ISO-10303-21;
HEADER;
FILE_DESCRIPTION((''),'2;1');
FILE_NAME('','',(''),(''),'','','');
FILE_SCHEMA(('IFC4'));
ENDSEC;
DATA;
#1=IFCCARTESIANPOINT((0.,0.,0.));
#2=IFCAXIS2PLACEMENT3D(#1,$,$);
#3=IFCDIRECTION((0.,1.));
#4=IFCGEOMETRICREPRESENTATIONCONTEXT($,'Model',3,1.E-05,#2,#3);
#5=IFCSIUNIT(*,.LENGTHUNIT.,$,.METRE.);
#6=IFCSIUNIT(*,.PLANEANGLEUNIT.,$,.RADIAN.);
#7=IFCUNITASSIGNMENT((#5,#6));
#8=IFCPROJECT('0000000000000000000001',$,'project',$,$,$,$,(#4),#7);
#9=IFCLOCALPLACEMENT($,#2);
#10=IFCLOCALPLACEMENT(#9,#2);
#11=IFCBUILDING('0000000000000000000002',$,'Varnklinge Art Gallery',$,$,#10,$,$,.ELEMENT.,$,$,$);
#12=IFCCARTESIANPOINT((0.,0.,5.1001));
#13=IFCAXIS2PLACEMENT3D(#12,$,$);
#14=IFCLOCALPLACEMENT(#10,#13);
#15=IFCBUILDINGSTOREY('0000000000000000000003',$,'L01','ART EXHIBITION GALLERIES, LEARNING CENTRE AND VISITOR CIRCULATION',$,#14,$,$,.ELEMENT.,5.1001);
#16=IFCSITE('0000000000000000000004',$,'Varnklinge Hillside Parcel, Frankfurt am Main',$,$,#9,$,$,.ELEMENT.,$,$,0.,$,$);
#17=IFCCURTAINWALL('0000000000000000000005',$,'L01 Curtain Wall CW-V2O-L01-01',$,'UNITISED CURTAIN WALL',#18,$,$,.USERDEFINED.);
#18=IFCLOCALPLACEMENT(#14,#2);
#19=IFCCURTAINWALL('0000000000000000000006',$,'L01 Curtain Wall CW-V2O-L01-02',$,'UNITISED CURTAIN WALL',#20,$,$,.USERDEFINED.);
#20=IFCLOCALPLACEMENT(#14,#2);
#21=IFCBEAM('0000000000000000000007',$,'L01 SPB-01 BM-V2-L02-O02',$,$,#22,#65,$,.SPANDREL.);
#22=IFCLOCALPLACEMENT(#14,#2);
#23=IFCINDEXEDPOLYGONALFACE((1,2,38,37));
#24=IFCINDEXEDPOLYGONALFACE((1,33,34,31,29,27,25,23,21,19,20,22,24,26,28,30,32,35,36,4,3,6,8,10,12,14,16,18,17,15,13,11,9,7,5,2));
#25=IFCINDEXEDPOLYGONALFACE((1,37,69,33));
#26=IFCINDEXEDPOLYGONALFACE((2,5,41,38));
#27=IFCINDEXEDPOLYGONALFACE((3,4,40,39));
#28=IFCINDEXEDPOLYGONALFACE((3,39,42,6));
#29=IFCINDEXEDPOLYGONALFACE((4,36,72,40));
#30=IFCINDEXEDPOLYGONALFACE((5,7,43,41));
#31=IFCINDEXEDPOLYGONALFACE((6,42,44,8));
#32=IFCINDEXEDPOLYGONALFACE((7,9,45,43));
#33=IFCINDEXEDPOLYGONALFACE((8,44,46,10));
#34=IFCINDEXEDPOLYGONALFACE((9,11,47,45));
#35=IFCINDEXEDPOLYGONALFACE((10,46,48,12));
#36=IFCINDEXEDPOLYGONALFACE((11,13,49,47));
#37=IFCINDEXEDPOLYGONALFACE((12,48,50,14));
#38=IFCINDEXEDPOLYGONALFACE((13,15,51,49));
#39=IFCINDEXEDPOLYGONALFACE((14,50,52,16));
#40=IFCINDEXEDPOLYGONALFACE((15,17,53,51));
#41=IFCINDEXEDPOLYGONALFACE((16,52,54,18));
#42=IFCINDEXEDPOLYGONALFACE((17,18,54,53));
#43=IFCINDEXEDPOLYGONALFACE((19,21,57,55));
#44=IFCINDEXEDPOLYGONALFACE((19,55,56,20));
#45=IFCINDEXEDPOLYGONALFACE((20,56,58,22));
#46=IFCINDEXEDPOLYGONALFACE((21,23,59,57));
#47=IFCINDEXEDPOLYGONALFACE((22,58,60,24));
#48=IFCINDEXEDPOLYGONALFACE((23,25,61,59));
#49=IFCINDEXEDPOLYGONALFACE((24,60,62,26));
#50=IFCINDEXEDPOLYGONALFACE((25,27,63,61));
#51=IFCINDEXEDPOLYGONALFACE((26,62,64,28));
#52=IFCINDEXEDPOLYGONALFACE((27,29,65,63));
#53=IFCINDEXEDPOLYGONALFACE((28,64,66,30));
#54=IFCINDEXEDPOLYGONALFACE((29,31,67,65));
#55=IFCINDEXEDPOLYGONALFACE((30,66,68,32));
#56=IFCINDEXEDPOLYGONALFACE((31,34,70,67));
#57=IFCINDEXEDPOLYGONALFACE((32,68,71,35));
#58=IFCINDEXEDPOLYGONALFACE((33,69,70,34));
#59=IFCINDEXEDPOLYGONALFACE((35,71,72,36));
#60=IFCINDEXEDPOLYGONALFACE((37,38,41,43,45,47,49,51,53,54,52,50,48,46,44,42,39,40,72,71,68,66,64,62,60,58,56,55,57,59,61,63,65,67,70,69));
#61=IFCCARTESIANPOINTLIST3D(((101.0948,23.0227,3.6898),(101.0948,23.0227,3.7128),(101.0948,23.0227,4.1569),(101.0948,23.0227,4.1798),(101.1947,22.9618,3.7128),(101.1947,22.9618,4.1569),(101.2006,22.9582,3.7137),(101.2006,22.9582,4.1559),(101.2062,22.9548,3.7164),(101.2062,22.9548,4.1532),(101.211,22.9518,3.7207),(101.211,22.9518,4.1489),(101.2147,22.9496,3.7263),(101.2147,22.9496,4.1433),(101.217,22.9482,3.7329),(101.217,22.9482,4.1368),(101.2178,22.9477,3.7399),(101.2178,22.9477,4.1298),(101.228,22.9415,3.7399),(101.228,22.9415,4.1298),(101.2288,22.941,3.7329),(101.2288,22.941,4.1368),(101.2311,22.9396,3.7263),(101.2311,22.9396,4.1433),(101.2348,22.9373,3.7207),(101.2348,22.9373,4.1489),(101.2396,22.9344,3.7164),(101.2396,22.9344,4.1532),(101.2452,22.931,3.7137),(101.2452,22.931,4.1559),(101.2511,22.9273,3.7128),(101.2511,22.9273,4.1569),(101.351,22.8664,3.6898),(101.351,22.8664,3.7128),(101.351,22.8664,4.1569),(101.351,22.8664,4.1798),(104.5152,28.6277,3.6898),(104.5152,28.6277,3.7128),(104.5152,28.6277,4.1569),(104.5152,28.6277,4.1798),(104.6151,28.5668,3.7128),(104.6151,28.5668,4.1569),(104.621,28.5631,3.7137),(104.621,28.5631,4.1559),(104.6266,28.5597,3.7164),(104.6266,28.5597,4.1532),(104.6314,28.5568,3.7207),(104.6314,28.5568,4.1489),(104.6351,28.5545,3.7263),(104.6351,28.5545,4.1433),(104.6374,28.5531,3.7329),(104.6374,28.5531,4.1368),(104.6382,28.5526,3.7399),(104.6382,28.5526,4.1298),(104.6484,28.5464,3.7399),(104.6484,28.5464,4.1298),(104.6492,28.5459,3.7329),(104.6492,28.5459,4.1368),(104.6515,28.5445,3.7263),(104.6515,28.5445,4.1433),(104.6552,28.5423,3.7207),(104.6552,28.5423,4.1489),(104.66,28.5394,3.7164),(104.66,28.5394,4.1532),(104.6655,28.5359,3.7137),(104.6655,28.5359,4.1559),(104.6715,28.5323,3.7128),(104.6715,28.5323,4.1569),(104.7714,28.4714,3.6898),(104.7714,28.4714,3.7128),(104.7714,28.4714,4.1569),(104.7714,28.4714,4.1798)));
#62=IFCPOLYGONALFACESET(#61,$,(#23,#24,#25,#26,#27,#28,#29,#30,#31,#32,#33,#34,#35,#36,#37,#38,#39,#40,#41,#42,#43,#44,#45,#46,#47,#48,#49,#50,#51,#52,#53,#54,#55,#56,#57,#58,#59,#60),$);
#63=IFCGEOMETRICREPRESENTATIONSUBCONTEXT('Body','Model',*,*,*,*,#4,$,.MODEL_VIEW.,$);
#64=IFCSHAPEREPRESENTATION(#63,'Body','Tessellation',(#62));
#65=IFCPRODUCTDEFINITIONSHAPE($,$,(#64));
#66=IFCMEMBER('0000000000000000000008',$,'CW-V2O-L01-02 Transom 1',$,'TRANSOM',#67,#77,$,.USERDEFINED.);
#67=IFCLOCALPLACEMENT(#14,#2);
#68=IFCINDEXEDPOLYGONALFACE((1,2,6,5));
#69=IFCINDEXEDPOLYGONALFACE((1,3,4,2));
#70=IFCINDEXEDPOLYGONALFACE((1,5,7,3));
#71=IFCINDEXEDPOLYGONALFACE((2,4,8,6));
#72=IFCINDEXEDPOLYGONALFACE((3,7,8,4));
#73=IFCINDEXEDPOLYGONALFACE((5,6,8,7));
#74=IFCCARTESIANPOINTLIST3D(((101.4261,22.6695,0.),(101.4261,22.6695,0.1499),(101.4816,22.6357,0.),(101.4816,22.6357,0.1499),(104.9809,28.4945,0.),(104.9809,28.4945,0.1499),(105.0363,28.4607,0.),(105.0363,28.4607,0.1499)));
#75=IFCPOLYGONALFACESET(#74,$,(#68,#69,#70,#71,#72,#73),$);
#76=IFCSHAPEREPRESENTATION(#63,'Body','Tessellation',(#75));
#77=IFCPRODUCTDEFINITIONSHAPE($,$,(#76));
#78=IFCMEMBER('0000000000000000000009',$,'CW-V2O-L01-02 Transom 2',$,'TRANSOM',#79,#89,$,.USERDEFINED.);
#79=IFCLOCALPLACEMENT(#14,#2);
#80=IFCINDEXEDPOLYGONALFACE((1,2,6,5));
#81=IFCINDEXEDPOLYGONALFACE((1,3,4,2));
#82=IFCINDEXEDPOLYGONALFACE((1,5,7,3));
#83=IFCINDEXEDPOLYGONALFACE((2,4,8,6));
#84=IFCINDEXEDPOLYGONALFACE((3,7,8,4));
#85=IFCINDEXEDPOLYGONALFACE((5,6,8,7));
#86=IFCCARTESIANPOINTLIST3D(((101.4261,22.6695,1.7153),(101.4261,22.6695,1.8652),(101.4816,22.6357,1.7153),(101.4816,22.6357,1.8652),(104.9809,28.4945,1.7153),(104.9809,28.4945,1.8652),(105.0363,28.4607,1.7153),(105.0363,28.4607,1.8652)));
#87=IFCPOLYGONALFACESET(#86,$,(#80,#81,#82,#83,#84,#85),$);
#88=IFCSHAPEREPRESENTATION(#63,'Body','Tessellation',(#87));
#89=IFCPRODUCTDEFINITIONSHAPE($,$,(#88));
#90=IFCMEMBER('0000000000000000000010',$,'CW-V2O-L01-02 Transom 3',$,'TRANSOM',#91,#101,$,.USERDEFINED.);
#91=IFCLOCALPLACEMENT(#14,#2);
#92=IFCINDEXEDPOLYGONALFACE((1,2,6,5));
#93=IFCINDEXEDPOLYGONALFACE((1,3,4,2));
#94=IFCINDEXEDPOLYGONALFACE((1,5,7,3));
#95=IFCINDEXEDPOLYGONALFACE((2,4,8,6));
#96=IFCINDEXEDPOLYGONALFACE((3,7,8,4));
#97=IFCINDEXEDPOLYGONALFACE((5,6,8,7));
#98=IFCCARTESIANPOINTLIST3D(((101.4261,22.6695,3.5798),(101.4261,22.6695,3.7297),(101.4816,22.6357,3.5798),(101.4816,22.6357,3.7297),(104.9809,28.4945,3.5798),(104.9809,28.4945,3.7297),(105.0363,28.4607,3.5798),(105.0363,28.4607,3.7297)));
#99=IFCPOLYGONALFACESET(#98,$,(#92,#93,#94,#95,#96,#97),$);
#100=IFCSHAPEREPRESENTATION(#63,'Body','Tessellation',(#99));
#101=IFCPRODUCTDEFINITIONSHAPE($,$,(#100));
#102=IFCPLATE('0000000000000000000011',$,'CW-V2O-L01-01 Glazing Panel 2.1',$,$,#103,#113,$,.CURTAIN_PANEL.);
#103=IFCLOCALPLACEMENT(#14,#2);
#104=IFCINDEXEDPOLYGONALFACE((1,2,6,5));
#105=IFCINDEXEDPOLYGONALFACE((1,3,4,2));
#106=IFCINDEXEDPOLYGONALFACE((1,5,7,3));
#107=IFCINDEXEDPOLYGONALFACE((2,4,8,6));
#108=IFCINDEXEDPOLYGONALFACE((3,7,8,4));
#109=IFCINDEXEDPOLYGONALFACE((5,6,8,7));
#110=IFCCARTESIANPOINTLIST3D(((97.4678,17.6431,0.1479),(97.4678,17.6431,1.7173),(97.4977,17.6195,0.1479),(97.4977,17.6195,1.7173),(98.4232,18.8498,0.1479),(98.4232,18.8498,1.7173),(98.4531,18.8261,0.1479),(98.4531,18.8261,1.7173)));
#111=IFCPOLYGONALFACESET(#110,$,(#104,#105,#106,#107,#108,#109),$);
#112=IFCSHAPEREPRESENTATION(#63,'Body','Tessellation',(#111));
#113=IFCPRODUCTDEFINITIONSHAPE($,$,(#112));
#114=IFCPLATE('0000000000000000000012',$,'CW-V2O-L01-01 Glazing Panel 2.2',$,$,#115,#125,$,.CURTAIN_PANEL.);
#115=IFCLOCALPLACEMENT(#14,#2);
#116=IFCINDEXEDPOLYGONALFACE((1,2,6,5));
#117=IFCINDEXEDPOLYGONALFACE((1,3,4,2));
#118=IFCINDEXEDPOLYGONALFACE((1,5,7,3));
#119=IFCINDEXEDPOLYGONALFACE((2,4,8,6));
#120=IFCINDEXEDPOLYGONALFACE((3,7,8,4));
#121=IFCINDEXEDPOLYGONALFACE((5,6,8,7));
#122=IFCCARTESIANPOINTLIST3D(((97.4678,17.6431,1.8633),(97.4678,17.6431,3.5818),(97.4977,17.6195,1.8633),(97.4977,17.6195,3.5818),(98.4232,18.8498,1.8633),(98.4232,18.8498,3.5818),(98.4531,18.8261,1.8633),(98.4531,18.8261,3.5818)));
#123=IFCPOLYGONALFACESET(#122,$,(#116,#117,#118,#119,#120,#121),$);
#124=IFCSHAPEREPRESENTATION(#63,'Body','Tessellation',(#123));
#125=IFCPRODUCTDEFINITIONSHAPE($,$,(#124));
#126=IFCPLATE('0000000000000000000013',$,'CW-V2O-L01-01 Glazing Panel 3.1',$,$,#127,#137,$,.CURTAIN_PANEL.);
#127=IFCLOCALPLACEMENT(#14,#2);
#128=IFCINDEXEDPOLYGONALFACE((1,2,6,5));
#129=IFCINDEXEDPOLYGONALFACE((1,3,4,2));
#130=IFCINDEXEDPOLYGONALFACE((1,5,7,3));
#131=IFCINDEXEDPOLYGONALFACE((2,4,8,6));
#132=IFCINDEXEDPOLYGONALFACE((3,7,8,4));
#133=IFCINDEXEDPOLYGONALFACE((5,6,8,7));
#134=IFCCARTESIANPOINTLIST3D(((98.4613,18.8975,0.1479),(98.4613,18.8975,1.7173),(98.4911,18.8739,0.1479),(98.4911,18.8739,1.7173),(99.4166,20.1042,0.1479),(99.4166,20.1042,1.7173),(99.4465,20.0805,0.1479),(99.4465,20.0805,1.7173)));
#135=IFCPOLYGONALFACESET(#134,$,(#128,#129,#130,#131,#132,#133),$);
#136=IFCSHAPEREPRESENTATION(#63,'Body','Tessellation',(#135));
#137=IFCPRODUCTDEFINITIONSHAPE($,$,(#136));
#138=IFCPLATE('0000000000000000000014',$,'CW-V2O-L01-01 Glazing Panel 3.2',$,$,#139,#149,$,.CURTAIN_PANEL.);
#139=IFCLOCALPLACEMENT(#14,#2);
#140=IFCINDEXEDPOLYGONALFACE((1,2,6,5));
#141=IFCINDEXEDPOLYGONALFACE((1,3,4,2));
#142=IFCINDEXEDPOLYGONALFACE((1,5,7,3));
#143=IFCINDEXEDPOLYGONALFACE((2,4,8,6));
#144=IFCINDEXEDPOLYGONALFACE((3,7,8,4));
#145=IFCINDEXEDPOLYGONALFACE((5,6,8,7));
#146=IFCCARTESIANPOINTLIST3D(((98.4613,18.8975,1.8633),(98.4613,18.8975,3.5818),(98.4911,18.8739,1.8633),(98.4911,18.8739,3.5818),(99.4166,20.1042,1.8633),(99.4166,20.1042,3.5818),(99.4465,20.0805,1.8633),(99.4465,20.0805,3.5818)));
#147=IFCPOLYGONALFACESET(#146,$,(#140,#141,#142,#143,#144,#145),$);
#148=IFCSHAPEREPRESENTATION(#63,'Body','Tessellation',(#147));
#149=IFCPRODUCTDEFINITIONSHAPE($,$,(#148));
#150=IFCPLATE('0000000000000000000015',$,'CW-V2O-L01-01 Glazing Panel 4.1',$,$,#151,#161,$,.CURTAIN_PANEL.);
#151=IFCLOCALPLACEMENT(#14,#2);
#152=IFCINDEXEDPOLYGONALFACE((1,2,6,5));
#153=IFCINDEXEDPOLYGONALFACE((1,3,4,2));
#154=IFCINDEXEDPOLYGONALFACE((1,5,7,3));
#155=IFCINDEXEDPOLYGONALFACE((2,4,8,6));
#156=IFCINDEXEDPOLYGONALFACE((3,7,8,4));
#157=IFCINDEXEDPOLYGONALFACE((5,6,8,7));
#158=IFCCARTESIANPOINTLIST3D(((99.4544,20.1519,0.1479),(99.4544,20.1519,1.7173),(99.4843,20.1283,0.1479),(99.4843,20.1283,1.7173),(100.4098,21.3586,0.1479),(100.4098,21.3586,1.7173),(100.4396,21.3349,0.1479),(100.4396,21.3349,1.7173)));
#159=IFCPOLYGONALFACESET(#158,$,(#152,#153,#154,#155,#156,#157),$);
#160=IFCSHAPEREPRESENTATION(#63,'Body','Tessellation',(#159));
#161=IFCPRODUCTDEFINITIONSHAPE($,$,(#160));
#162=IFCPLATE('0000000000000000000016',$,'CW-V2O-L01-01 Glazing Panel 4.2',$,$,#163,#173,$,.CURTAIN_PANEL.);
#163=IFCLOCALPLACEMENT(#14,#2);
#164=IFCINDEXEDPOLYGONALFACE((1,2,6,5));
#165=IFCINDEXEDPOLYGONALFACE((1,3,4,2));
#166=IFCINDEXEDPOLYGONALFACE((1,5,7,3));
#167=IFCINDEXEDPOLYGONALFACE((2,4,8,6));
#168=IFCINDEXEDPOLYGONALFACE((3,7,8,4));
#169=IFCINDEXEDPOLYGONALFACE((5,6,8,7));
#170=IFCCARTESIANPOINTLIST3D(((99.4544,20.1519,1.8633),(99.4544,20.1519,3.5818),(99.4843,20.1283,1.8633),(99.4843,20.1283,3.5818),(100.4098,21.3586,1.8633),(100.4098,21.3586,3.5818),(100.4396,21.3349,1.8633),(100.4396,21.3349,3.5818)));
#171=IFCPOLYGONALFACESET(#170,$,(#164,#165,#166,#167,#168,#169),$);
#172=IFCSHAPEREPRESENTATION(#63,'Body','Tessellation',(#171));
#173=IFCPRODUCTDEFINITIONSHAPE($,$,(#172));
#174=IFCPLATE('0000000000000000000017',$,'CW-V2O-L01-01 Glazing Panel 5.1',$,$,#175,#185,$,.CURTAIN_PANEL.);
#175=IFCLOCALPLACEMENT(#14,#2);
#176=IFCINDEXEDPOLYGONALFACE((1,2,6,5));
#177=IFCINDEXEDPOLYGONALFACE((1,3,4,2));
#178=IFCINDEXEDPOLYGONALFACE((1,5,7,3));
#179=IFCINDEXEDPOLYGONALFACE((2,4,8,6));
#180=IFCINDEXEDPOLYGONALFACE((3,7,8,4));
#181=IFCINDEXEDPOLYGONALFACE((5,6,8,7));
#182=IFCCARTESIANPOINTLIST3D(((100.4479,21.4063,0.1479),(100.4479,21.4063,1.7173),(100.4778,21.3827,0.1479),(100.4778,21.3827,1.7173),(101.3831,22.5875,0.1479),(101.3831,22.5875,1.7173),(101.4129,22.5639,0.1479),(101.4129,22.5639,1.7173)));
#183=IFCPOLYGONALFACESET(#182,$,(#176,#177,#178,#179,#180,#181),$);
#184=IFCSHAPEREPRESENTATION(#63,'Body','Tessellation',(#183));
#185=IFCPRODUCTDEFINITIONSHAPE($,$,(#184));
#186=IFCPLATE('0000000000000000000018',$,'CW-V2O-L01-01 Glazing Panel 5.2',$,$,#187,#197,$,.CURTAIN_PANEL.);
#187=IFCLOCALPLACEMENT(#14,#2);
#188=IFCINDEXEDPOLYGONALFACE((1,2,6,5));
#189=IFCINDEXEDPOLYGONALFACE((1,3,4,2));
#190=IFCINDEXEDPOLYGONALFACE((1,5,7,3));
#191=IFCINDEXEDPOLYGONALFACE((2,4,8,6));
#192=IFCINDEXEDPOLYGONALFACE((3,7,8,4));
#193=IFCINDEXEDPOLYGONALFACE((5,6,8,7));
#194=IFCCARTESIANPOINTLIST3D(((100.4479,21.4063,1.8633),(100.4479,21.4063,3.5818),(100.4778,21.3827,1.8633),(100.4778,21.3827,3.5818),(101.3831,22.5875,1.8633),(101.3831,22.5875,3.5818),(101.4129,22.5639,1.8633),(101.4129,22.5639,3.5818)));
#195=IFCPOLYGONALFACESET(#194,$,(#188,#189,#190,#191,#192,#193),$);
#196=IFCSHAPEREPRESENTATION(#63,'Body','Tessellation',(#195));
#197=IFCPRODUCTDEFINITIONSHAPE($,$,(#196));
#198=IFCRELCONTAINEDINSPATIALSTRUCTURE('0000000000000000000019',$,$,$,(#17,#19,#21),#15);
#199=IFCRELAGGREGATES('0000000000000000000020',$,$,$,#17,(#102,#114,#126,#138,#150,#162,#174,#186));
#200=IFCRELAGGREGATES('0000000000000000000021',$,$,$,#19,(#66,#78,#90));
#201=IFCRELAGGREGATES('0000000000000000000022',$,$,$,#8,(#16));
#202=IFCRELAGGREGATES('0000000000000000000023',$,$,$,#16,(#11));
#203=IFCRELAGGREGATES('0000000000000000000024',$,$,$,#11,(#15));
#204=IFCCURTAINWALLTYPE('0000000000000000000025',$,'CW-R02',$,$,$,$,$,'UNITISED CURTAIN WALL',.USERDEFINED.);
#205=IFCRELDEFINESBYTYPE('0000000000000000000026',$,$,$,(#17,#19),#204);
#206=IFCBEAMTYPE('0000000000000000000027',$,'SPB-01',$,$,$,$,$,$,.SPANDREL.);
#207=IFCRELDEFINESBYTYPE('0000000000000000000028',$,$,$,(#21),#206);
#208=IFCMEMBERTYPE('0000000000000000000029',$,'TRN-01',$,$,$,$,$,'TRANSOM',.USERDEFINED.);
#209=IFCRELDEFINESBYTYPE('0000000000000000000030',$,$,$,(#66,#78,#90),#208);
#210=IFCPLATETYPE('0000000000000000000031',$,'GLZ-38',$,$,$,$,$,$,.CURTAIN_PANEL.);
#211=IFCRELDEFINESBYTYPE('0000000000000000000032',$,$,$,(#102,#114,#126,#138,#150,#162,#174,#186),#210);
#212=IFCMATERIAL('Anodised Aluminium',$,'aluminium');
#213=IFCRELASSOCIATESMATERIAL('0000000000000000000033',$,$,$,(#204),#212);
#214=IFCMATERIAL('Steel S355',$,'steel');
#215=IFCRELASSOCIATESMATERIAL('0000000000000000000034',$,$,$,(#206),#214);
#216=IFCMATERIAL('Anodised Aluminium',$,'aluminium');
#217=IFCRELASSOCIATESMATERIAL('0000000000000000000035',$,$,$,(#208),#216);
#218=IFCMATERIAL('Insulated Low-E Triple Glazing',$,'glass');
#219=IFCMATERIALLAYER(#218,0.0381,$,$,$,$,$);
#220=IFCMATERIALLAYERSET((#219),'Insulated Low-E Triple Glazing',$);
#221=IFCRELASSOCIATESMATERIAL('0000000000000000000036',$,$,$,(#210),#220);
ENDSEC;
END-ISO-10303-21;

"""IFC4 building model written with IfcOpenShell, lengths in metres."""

from ifc_helpers import new_model, si_unit, direction, frame, origin, origin_2d, place, context, subcontext, project, spatial, rectangle, i_section, extrude, material, layer, layer_set, material_profile, profile_set, type_object, element, aggregate, save


model = new_model("IFC4")

# Units and contexts
model_context = context("Model", 3, precision=1e-05, world=origin(), true_north=direction((0.0, 1.0)))
body_context = subcontext(model_context, "Body", "Model", "MODEL_VIEW")
ifc_project = project(units=[si_unit("LENGTHUNIT", "METRE"), si_unit("PLANEANGLEUNIT", "RADIAN")], contexts=[model_context])

# Site, building, storey
site_placement = place(None, origin())
site = spatial("IfcSite", under=ifc_project, at=site_placement, Name="Varnklinge Hillside Parcel, Frankfurt am Main", CompositionType="ELEMENT", RefElevation=0.0)
building_placement = place(site_placement, origin())
building = spatial("IfcBuilding", under=site, at=building_placement, Name="Varnklinge Art Gallery", CompositionType="ELEMENT")
storey_placement = place(building_placement, frame((0.0, 0.0, 5.1001)))
storey = spatial("IfcBuildingStorey", under=building, at=storey_placement, Name="L01", Description="ART EXHIBITION GALLERIES, LEARNING CENTRE AND VISITOR CIRCULATION", CompositionType="ELEMENT", Elevation=5.1001)

# Curtain walls
ifc_material_1 = material(Name="Anodised Aluminium", Category="aluminium")
curtain_wall_type = type_object("IfcCurtainWallType", Name="CW-R02", ElementType="UNITISED CURTAIN WALL", PredefinedType="USERDEFINED", material=ifc_material_1)
curtain_wall_1_placement = place(storey_placement, origin())
curtain_wall_1 = element("IfcCurtainWall", 1, at=curtain_wall_1_placement, inside=storey, type_object=curtain_wall_type, Name="L01 Curtain Wall CW-V2O-L01-01", ObjectType="UNITISED CURTAIN WALL", PredefinedType="USERDEFINED")
curtain_wall_2_placement = place(storey_placement, origin())
curtain_wall_2 = element("IfcCurtainWall", 2, at=curtain_wall_2_placement, inside=storey, type_object=curtain_wall_type, Name="L01 Curtain Wall CW-V2O-L01-02", ObjectType="UNITISED CURTAIN WALL", PredefinedType="USERDEFINED")

# Beam
ifc_material_2 = material(Name="Steel S355", Category="steel")
ifc_material_profile_1 = material_profile(ifc_material_2, i_section(OverallWidth=0.3, OverallDepth=0.49, WebThickness=0.012, FlangeThickness=0.0229, FilletRadius=0.0271, at=origin_2d()), Name="HEA 500")
ifc_profile_set_1 = profile_set([ifc_material_profile_1], Name="Steel S355")
beam_type_1 = type_object("IfcBeamType", Name="SPB-01", PredefinedType="SPANDREL", material=ifc_profile_set_1)
beam_1_placement = place(storey_placement, frame((101.2229, 22.9446, 3.9348), z_axis=(0.520911, 0.853611, 0.0), x_axis=(-0.853611, 0.520911, 0.0)))
element("IfcBeam", 3, at=beam_1_placement, inside=storey, type_object=beam_type_1, Name="L01 SPB-01 BM-V2-L02-O02", PredefinedType="SPANDREL", context=body_context, shape_type="SweptSolid", body=[
    extrude(i_section(OverallWidth=0.3, OverallDepth=0.49, WebThickness=0.012, FlangeThickness=0.0229, FilletRadius=0.0271, at=origin_2d()), origin(), (0.0, 0.0, 1.0), 6.5662),
])

# Members
ifc_material_3 = material(Name="Anodised Aluminium", Category="aluminium")
ifc_material_profile_2 = material_profile(ifc_material_3, rectangle(XDim=0.0649, YDim=0.1499, at=origin_2d()), Name="ALU 65x150")
ifc_profile_set_2 = profile_set([ifc_material_profile_2], Name="Anodised Aluminium")
member_type_1 = type_object("IfcMemberType", Name="TRN-01", ElementType="TRANSOM", PredefinedType="USERDEFINED", material=ifc_profile_set_2)
member_1_placement = place(storey_placement, frame((101.4539, 22.6526, 0.075), z_axis=(0.520916, 0.853608, 0.0), x_axis=(-0.853608, 0.520916, 0.0)))
member_1 = element("IfcMember", 4, at=member_1_placement, type_object=member_type_1, Name="CW-V2O-L01-02 Transom 1", ObjectType="TRANSOM", PredefinedType="USERDEFINED", context=body_context, shape_type="SweptSolid", body=[
    extrude(rectangle(XDim=0.0649, YDim=0.1499, at=origin_2d()), origin(), (0.0, 0.0, 1.0), 6.824),
])
member_2_placement = place(storey_placement, frame((101.4539, 22.6526, 1.7903), z_axis=(0.520916, 0.853608, 0.0), x_axis=(-0.853608, 0.520916, 0.0)))
member_2 = element("IfcMember", 5, at=member_2_placement, type_object=member_type_1, Name="CW-V2O-L01-02 Transom 2", ObjectType="TRANSOM", PredefinedType="USERDEFINED", context=body_context, shape_type="SweptSolid", body=[
    extrude(rectangle(XDim=0.0649, YDim=0.1499, at=origin_2d()), origin(), (0.0, 0.0, 1.0), 6.824),
])
member_3_placement = place(storey_placement, frame((101.4539, 22.6526, 3.6548), z_axis=(0.520916, 0.853608, 0.0), x_axis=(-0.853608, 0.520916, 0.0)))
member_3 = element("IfcMember", 6, at=member_3_placement, type_object=member_type_1, Name="CW-V2O-L01-02 Transom 3", ObjectType="TRANSOM", PredefinedType="USERDEFINED", context=body_context, shape_type="SweptSolid", body=[
    extrude(rectangle(XDim=0.0649, YDim=0.1499, at=origin_2d()), origin(), (0.0, 0.0, 1.0), 6.824),
])

# Plates
ifc_material_4 = material(Name="Insulated Low-E Triple Glazing", Category="glass")
ifc_layer_1 = layer(ifc_material_4, 0.0381)
ifc_layer_set_1 = layer_set([ifc_layer_1], Name="Insulated Low-E Triple Glazing")
plate_type_1 = type_object("IfcPlateType", Name="GLZ-38", PredefinedType="CURTAIN_PANEL", material=ifc_layer_set_1)
plate_1_placement = place(storey_placement, frame((97.9604, 18.2346, 0.1479), z_axis=(0.0, 0.0, 1.0), x_axis=(0.620737, 0.784019, 0.0)))
plate_1 = element("IfcPlate", 7, at=plate_1_placement, type_object=plate_type_1, Name="CW-V2O-L01-01 Glazing Panel 2.1", PredefinedType="CURTAIN_PANEL", context=body_context, shape_type="SweptSolid", body=[
    extrude(rectangle(XDim=1.5391, YDim=0.0381, at=origin_2d()), origin(), (0.0, 0.0, 1.0), 1.5693),
])
plate_2_placement = place(storey_placement, frame((97.9604, 18.2346, 1.8633), z_axis=(0.0, 0.0, 1.0), x_axis=(0.620737, 0.784019, 0.0)))
plate_2 = element("IfcPlate", 8, at=plate_2_placement, type_object=plate_type_1, Name="CW-V2O-L01-01 Glazing Panel 2.2", PredefinedType="CURTAIN_PANEL", context=body_context, shape_type="SweptSolid", body=[
    extrude(rectangle(XDim=1.5391, YDim=0.0381, at=origin_2d()), origin(), (0.0, 0.0, 1.0), 1.7185),
])
plate_3_placement = place(storey_placement, frame((98.9539, 19.489, 0.1479), z_axis=(0.0, 0.0, 1.0), x_axis=(0.620737, 0.784019, 0.0)))
plate_3 = element("IfcPlate", 9, at=plate_3_placement, type_object=plate_type_1, Name="CW-V2O-L01-01 Glazing Panel 3.1", PredefinedType="CURTAIN_PANEL", context=body_context, shape_type="SweptSolid", body=[
    extrude(rectangle(XDim=1.5391, YDim=0.0381, at=origin_2d()), origin(), (0.0, 0.0, 1.0), 1.5693),
])
plate_4_placement = place(storey_placement, frame((98.9539, 19.489, 1.8633), z_axis=(0.0, 0.0, 1.0), x_axis=(0.620737, 0.784019, 0.0)))
plate_4 = element("IfcPlate", 10, at=plate_4_placement, type_object=plate_type_1, Name="CW-V2O-L01-01 Glazing Panel 3.2", PredefinedType="CURTAIN_PANEL", context=body_context, shape_type="SweptSolid", body=[
    extrude(rectangle(XDim=1.5391, YDim=0.0381, at=origin_2d()), origin(), (0.0, 0.0, 1.0), 1.7185),
])
plate_5_placement = place(storey_placement, frame((99.947, 20.7434, 0.1479), z_axis=(0.0, 0.0, 1.0), x_axis=(0.620737, 0.784019, 0.0)))
plate_5 = element("IfcPlate", 11, at=plate_5_placement, type_object=plate_type_1, Name="CW-V2O-L01-01 Glazing Panel 4.1", PredefinedType="CURTAIN_PANEL", context=body_context, shape_type="SweptSolid", body=[
    extrude(rectangle(XDim=1.5391, YDim=0.0381, at=origin_2d()), origin(), (0.0, 0.0, 1.0), 1.5693),
])
plate_6_placement = place(storey_placement, frame((99.947, 20.7434, 1.8633), z_axis=(0.0, 0.0, 1.0), x_axis=(0.620737, 0.784019, 0.0)))
plate_6 = element("IfcPlate", 12, at=plate_6_placement, type_object=plate_type_1, Name="CW-V2O-L01-01 Glazing Panel 4.2", PredefinedType="CURTAIN_PANEL", context=body_context, shape_type="SweptSolid", body=[
    extrude(rectangle(XDim=1.5391, YDim=0.0381, at=origin_2d()), origin(), (0.0, 0.0, 1.0), 1.7185),
])
plate_7_placement = place(storey_placement, frame((100.9304, 21.9851, 0.1479), z_axis=(0.0, 0.0, 1.0), x_axis=(0.620737, 0.784019, 0.0)))
plate_7 = element("IfcPlate", 13, at=plate_7_placement, type_object=plate_type_1, Name="CW-V2O-L01-01 Glazing Panel 5.1", PredefinedType="CURTAIN_PANEL", context=body_context, shape_type="SweptSolid", body=[
    extrude(rectangle(XDim=1.5066, YDim=0.0381, at=origin_2d()), origin(), (0.0, 0.0, 1.0), 1.5693),
])
plate_8_placement = place(storey_placement, frame((100.9304, 21.9851, 1.8633), z_axis=(0.0, 0.0, 1.0), x_axis=(0.620737, 0.784019, 0.0)))
plate_8 = element("IfcPlate", 14, at=plate_8_placement, type_object=plate_type_1, Name="CW-V2O-L01-01 Glazing Panel 5.2", PredefinedType="CURTAIN_PANEL", context=body_context, shape_type="SweptSolid", body=[
    extrude(rectangle(XDim=1.5066, YDim=0.0381, at=origin_2d()), origin(), (0.0, 0.0, 1.0), 1.7185),
])
aggregate(curtain_wall_1, [plate_1, plate_2, plate_3, plate_4, plate_5, plate_6, plate_7, plate_8])
aggregate(curtain_wall_2, [member_1, member_2, member_3])

save(model, "model.ifc")
